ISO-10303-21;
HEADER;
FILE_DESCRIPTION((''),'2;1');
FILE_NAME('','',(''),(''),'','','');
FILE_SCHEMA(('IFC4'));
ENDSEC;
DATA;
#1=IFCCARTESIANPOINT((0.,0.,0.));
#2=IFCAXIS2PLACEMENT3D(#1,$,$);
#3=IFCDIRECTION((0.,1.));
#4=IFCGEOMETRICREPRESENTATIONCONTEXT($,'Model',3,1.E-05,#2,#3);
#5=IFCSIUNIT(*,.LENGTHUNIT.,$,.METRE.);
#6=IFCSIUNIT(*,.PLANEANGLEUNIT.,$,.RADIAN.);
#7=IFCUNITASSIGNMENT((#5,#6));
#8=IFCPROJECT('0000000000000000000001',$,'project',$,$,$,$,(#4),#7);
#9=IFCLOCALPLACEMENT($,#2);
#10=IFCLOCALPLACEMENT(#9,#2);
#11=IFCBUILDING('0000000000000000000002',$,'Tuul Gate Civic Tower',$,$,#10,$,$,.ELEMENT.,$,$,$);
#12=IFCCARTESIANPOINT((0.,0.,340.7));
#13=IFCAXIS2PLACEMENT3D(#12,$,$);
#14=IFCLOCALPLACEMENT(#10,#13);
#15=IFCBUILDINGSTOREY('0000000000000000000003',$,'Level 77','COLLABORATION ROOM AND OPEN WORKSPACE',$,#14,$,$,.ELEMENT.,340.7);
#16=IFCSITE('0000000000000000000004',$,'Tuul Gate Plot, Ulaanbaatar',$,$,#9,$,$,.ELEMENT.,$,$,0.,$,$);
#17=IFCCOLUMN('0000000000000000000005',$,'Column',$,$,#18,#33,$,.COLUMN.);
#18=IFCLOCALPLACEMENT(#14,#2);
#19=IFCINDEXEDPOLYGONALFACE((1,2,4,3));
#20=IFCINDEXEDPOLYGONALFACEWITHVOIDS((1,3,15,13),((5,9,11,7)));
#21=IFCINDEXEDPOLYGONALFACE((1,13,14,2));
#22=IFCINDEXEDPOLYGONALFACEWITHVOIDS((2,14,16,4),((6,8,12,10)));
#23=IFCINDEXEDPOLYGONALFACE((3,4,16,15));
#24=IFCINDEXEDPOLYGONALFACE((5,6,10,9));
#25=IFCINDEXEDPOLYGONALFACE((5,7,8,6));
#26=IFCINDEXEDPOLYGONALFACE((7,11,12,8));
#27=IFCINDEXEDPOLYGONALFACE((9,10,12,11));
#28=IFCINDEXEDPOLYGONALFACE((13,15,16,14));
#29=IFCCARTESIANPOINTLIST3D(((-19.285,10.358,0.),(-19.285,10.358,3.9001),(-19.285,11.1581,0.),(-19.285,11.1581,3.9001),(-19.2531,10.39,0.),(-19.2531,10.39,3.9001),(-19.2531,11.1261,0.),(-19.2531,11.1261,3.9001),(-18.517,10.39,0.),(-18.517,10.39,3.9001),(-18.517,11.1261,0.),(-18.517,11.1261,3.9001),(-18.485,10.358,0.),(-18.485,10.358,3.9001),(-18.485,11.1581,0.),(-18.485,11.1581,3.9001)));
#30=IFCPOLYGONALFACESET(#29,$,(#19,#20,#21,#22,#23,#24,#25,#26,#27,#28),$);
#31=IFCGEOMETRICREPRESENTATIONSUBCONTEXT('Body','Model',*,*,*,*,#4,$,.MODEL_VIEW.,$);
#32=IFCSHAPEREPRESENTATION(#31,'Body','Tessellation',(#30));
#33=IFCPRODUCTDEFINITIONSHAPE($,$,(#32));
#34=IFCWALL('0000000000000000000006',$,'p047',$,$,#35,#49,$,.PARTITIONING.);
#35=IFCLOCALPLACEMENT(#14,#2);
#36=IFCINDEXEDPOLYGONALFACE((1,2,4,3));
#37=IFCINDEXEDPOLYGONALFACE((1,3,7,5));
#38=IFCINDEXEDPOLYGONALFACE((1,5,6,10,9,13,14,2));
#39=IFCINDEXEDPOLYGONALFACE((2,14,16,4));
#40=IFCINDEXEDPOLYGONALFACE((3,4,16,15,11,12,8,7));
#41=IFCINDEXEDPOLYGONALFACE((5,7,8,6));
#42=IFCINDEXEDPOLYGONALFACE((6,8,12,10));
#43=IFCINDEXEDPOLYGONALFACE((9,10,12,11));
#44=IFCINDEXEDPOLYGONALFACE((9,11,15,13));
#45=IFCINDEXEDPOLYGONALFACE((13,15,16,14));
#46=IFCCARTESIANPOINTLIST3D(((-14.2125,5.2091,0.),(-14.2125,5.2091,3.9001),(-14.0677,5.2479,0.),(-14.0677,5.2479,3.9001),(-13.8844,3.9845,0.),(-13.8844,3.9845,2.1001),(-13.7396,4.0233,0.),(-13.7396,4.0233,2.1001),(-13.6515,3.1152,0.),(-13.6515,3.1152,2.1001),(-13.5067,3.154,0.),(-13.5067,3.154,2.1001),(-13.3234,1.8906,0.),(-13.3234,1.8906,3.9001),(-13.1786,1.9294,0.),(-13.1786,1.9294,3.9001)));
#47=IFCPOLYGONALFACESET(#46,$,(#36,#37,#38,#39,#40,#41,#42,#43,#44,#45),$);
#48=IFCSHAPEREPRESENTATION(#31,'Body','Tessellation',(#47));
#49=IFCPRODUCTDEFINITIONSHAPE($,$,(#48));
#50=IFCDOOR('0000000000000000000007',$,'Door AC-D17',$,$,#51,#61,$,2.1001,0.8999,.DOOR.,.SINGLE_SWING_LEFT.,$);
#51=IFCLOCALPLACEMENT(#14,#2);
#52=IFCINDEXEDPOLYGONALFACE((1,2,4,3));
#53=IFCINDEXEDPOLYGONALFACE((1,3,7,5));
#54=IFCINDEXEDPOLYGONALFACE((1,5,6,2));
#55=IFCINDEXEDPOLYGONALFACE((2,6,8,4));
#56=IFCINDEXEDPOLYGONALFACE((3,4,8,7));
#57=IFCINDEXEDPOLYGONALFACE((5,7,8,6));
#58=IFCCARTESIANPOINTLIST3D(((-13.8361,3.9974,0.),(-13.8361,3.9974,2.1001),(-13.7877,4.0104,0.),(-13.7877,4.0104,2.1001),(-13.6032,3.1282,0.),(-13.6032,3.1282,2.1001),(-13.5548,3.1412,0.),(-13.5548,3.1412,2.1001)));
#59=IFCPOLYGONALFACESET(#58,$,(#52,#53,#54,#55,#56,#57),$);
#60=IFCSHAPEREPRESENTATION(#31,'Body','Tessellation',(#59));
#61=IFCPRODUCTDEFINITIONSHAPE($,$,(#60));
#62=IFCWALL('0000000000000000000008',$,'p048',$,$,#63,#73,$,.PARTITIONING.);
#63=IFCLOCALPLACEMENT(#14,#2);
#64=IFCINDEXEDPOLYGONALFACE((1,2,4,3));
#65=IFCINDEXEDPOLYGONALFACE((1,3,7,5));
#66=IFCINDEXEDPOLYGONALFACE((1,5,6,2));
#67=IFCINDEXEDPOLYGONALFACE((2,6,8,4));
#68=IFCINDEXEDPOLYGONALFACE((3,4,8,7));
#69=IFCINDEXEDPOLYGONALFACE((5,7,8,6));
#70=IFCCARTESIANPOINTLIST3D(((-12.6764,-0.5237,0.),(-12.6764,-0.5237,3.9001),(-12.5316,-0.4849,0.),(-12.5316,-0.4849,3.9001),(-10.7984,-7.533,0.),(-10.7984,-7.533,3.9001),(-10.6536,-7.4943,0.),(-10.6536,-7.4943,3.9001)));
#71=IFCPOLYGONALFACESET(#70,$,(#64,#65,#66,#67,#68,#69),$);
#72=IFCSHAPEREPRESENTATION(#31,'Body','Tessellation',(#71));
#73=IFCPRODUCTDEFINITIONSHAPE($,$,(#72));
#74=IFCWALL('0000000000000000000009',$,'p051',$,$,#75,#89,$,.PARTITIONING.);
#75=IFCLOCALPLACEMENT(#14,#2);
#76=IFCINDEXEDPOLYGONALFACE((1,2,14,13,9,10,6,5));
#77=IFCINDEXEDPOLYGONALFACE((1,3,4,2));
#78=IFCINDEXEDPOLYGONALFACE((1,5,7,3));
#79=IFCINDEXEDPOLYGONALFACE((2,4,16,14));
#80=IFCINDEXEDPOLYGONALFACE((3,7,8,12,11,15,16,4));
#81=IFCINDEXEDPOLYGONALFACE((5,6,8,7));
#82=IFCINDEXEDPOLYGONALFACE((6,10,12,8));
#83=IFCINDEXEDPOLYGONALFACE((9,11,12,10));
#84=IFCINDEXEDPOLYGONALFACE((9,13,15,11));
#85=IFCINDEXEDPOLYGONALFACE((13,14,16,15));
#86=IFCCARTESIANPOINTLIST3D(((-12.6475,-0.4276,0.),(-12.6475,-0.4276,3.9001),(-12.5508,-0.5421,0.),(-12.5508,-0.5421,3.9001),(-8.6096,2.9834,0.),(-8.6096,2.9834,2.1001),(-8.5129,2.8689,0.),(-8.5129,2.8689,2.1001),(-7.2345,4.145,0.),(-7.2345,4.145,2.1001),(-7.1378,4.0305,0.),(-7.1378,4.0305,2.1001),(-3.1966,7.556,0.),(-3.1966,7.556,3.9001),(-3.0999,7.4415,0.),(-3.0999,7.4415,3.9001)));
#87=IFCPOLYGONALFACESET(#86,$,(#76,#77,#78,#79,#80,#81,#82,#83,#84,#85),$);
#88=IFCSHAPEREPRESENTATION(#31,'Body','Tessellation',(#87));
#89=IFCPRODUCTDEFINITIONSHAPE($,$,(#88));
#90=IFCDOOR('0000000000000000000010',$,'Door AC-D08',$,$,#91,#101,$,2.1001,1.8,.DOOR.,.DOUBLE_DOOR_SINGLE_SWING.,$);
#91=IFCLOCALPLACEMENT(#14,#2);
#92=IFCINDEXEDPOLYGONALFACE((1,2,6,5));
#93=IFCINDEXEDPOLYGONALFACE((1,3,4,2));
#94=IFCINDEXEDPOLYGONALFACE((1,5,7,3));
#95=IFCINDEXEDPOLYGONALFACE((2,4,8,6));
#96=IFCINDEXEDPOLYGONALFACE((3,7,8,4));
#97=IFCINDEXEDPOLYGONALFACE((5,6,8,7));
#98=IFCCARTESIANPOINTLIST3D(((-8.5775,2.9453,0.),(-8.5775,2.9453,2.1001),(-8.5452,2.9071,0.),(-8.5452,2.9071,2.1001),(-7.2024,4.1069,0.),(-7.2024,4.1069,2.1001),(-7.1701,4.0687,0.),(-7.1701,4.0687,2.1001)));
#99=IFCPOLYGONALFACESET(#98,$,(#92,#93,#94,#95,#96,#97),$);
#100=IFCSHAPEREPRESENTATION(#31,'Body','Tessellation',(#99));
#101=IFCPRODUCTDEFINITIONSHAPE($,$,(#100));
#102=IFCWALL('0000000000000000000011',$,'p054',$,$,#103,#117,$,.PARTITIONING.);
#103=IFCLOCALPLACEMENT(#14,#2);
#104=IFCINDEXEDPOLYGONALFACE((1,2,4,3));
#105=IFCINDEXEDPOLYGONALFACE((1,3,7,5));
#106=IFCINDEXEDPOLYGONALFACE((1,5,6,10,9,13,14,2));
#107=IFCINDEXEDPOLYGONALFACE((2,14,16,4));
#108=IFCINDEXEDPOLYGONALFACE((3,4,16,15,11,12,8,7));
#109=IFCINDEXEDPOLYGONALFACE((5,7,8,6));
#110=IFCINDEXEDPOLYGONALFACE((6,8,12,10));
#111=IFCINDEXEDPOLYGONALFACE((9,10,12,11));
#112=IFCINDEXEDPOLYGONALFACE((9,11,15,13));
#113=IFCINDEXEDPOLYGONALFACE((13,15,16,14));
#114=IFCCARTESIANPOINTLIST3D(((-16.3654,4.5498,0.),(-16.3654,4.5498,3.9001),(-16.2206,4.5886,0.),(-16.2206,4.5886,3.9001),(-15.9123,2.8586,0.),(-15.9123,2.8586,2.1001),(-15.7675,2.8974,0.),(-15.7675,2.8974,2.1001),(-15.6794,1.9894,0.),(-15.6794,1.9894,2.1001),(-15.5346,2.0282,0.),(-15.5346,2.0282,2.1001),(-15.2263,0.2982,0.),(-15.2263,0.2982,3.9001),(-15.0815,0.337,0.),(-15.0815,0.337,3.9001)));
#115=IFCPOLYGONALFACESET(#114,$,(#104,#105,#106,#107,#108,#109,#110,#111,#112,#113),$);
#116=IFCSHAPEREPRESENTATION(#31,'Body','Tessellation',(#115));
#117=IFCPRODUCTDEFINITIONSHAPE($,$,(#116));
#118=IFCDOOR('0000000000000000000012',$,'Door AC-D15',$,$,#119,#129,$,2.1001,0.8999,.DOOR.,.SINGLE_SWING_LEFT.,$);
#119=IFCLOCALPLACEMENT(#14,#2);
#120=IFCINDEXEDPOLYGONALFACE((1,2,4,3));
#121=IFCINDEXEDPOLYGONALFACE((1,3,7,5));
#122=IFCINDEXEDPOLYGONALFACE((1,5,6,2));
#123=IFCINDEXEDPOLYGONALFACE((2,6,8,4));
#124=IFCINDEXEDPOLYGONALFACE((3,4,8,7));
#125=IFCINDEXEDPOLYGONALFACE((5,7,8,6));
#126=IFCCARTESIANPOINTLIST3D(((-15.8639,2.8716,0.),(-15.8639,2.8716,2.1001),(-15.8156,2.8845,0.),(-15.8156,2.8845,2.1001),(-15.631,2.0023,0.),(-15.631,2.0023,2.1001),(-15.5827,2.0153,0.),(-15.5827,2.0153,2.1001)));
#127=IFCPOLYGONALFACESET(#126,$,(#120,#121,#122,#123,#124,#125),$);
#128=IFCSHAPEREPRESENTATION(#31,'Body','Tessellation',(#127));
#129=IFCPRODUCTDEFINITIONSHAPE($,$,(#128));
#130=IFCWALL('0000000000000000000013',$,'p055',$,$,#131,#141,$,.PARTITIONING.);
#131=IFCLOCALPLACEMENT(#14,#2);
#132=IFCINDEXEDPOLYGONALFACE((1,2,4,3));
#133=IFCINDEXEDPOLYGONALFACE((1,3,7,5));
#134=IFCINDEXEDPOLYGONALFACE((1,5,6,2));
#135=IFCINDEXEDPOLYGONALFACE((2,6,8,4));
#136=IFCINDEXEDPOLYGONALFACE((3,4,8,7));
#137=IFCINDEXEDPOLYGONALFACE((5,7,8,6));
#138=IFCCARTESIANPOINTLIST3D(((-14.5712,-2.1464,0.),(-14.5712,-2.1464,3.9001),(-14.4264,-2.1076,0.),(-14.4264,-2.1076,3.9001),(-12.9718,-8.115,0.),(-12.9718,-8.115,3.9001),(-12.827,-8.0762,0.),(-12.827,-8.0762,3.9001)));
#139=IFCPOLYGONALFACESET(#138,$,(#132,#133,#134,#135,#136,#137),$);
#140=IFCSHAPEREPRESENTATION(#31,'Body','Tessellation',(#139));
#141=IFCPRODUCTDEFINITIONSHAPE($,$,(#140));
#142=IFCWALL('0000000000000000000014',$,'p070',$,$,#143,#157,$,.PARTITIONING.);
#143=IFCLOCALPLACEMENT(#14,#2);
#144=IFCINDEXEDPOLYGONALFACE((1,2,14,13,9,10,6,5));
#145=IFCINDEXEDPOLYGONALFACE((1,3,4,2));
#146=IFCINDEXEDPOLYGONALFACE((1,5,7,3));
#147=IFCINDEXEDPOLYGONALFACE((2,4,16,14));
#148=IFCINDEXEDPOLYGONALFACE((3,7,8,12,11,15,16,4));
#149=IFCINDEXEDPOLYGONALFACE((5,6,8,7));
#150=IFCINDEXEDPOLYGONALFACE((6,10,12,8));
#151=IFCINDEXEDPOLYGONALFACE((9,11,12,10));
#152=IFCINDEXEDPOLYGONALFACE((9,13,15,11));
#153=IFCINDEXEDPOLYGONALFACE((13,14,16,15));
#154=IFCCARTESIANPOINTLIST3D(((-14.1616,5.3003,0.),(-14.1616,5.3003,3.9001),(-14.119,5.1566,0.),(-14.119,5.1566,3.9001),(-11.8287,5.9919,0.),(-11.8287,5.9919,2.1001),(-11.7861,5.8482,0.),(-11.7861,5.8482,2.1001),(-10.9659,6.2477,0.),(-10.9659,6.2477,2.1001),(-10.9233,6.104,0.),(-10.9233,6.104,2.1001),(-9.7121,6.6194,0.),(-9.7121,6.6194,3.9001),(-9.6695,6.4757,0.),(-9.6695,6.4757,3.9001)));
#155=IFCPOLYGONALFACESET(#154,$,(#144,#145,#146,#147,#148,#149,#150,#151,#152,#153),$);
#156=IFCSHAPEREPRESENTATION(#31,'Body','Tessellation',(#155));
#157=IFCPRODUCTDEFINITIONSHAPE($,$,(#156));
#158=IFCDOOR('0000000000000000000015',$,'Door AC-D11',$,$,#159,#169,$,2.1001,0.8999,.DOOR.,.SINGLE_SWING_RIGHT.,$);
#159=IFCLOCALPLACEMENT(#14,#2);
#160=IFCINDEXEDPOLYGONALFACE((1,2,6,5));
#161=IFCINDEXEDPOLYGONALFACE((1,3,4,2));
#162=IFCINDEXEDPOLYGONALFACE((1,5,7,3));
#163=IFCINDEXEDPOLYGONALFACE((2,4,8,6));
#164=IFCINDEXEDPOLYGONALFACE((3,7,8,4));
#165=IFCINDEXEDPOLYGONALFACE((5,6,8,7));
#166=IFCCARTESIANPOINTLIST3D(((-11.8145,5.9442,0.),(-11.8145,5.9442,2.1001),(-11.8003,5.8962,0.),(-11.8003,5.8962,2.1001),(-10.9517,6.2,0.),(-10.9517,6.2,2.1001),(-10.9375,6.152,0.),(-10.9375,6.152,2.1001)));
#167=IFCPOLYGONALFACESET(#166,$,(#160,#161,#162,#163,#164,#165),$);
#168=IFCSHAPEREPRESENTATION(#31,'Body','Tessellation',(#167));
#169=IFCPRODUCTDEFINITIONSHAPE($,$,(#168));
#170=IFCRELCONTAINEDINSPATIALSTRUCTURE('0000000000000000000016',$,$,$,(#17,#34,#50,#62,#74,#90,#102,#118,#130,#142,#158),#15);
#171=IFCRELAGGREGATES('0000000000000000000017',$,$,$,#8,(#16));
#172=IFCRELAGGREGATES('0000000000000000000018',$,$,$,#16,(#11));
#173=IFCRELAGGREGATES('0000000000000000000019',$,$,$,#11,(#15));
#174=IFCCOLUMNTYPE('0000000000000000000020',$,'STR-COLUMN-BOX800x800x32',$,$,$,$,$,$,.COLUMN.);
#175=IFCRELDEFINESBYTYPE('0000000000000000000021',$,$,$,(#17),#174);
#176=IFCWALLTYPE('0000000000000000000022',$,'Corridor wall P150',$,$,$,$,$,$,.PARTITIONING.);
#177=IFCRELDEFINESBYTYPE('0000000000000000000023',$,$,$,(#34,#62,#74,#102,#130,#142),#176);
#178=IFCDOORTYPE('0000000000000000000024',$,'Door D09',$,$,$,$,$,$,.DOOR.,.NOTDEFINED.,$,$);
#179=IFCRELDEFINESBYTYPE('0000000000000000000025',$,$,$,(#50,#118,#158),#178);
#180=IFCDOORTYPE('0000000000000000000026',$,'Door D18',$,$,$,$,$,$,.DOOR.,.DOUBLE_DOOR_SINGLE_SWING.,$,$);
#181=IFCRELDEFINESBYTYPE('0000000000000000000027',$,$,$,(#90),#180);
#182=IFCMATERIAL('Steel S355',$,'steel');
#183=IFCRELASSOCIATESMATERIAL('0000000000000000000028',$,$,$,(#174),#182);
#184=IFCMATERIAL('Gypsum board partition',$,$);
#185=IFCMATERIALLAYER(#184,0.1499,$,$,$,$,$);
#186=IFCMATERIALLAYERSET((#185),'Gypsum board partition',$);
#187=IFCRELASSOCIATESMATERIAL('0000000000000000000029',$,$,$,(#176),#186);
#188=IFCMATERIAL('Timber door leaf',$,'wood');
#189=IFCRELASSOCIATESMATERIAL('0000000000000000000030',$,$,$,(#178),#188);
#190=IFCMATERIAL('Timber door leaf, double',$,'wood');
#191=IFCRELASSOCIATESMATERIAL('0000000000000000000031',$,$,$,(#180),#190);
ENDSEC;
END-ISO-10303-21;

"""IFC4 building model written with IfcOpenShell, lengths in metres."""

from ifc_helpers import new_model, si_unit, direction, frame, frame_2d, origin, origin_2d, place, context, subcontext, project, spatial, rectangle, hollow_rectangle, extrude, material, layer, layer_set, material_profile, profile_set, type_object, element, fill, save


model = new_model("IFC4")

# Units and contexts
model_context = context("Model", 3, precision=1e-05, world=origin(), true_north=direction((0.0, 1.0)))
body_context = subcontext(model_context, "Body", "Model", "MODEL_VIEW")
ifc_project = project(units=[si_unit("LENGTHUNIT", "METRE"), si_unit("PLANEANGLEUNIT", "RADIAN")], contexts=[model_context])

# Site, building, storey
site_placement = place(None, origin())
site = spatial("IfcSite", under=ifc_project, at=site_placement, Name="Tuul Gate Plot, Ulaanbaatar", CompositionType="ELEMENT", RefElevation=0.0)
building_placement = place(site_placement, origin())
building = spatial("IfcBuilding", under=site, at=building_placement, Name="Tuul Gate Civic Tower", CompositionType="ELEMENT")
storey_placement = place(building_placement, frame((0.0, 0.0, 340.7)))
storey = spatial("IfcBuildingStorey", under=building, at=storey_placement, Name="Level 77", Description="COLLABORATION ROOM AND OPEN WORKSPACE", CompositionType="ELEMENT", Elevation=340.7)

# Column
ifc_material_1 = material(Name="Steel S355", Category="steel")
ifc_material_profile_1 = material_profile(ifc_material_1, hollow_rectangle(XDim=0.8, YDim=0.8, WallThickness=0.032, at=origin_2d()), Name="BOX800x800x32")
ifc_profile_set_1 = profile_set([ifc_material_profile_1], Name="Steel S355")
column_type = type_object("IfcColumnType", Name="STR-COLUMN-BOX800x800x32", PredefinedType="COLUMN", material=ifc_profile_set_1)
column_placement = place(storey_placement, frame((-18.885, 10.7581, 0.0), z_axis=(0.0, 0.0, 1.0), x_axis=(1.0, 0.0, 0.0)))
element("IfcColumn", 1, at=column_placement, inside=storey, type_object=column_type, Name="Column", PredefinedType="COLUMN", context=body_context, shape_type="SweptSolid", body=[
    extrude(hollow_rectangle(XDim=0.8, YDim=0.8, WallThickness=0.032, at=origin_2d()), origin(), (0.0, 0.0, 1.0), 3.9001),
])

# Wall, opening, door
ifc_material_2 = material(Name="Gypsum board partition")
ifc_layer_1 = layer(ifc_material_2, 0.1499)
ifc_layer_set_1 = layer_set([ifc_layer_1], Name="Gypsum board partition")
wall_type_1 = type_object("IfcWallType", Name="Corridor wall P150", PredefinedType="PARTITIONING", material=ifc_layer_set_1)
wall_1_placement = place(storey_placement, frame((-14.1401, 5.2285, 0.0), z_axis=(0.0, 0.0, 1.0), x_axis=(0.258804, -0.96593, 0.0)))
wall_1 = element("IfcWall", 2, at=wall_1_placement, inside=storey, type_object=wall_type_1, Name="p047", PredefinedType="PARTITIONING", context=body_context, shape_type="SweptSolid", body=[
    extrude(rectangle(XDim=3.4355, YDim=0.1499, at=frame_2d((1.7178, 0.0))), origin(), (0.0, 0.0, 1.0), 3.9001),
])
opening_1_placement = place(wall_1_placement, frame((1.2678, 0.0, 0.0)))
opening_1 = element("IfcOpeningElement", 3, at=opening_1_placement, cuts=wall_1, PredefinedType="OPENING", context=body_context, shape_type="SweptSolid", body=[
    extrude(rectangle(XDim=0.8999, YDim=2.1001, at=frame_2d((0.45, 1.05))), frame((0.0, 0.085, 0.0), z_axis=(0.0, -1.0, 0.0), x_axis=(1.0, 0.0, 0.0)), (0.0, 0.0, 1.0), 0.1699),
])
ifc_material_3 = material(Name="Timber door leaf", Category="wood")
door_type_1 = type_object("IfcDoorType", Name="Door D09", OperationType="NOTDEFINED", PredefinedType="DOOR", material=ifc_material_3)
door_1_placement = place(opening_1_placement, frame((0.8999, 0.0, 0.0), z_axis=(0.0, 0.0, 1.0), x_axis=(-1.0, 0.0, 0.0)))
door_1 = element("IfcDoor", 4, at=door_1_placement, inside=storey, type_object=door_type_1, Name="Door AC-D17", OperationType="SINGLE_SWING_LEFT", OverallHeight=2.1001, OverallWidth=0.8999, PredefinedType="DOOR", context=body_context, shape_type="SweptSolid", body=[
    extrude(rectangle(XDim=0.8999, YDim=2.1001, at=frame_2d((0.45, 1.05))), frame((0.0, 0.0249, 0.0), z_axis=(0.0, -1.0, 0.0), x_axis=(1.0, 0.0, 0.0)), (0.0, 0.0, 1.0), 0.05),
])
fill(opening_1, door_1)

# Wall
wall_2_placement = place(storey_placement, frame((-12.604, -0.5042, 0.0), z_axis=(0.0, 0.0, 1.0), x_axis=(0.258793, -0.965933, 0.0)))
element("IfcWall", 5, at=wall_2_placement, inside=storey, type_object=wall_type_1, Name="p048", PredefinedType="PARTITIONING", context=body_context, shape_type="SweptSolid", body=[
    extrude(rectangle(XDim=7.2566, YDim=0.1499, at=frame_2d((3.6284, 0.0))), origin(), (0.0, 0.0, 1.0), 3.9001),
])

# Walls, openings, doors
wall_3_placement = place(storey_placement, frame((-12.5991, -0.4849, 0.0), z_axis=(0.0, 0.0, 1.0), x_axis=(0.763916, 0.645316, 0.0)))
wall_3 = element("IfcWall", 6, at=wall_3_placement, inside=storey, type_object=wall_type_1, Name="p051", PredefinedType="PARTITIONING", context=body_context, shape_type="SweptSolid", body=[
    extrude(rectangle(XDim=12.3716, YDim=0.1499, at=frame_2d((6.1858, 0.0))), origin(), (0.0, 0.0, 1.0), 3.9001),
])
opening_2_placement = place(wall_3_placement, frame((5.2859, 0.0, 0.0)))
opening_2 = element("IfcOpeningElement", 7, at=opening_2_placement, cuts=wall_3, PredefinedType="OPENING", context=body_context, shape_type="SweptSolid", body=[
    extrude(rectangle(XDim=1.8, YDim=2.1001, at=frame_2d((0.8999, 1.05))), frame((0.0, 0.085, 0.0), z_axis=(0.0, -1.0, 0.0), x_axis=(1.0, 0.0, 0.0)), (0.0, 0.0, 1.0), 0.1699),
])
ifc_material_4 = material(Name="Timber door leaf, double", Category="wood")
door_type_2 = type_object("IfcDoorType", Name="Door D18", OperationType="DOUBLE_DOOR_SINGLE_SWING", PredefinedType="DOOR", material=ifc_material_4)
door_2_placement = place(opening_2_placement, frame((1.8, 0.0, 0.0), z_axis=(0.0, 0.0, 1.0), x_axis=(-1.0, 0.0, 0.0)))
door_2 = element("IfcDoor", 8, at=door_2_placement, inside=storey, type_object=door_type_2, Name="Door AC-D08", OperationType="DOUBLE_DOOR_SINGLE_SWING", OverallHeight=2.1001, OverallWidth=1.8, PredefinedType="DOOR", context=body_context, shape_type="SweptSolid", body=[
    extrude(rectangle(XDim=1.8, YDim=2.1001, at=frame_2d((0.9001, 1.05))), frame((0.0, 0.0249, 0.0), z_axis=(0.0, -1.0, 0.0), x_axis=(1.0, 0.0, 0.0)), (0.0, 0.0, 1.0), 0.05),
])
fill(opening_2, door_2)
wall_4_placement = place(storey_placement, frame((-16.293, 4.5691, 0.0), z_axis=(0.0, 0.0, 1.0), x_axis=(0.258802, -0.96593, 0.0)))
wall_4 = element("IfcWall", 9, at=wall_4_placement, inside=storey, type_object=wall_type_1, Name="p054", PredefinedType="PARTITIONING", context=body_context, shape_type="SweptSolid", body=[
    extrude(rectangle(XDim=4.4016, YDim=0.1499, at=frame_2d((2.2007, 0.0))), origin(), (0.0, 0.0, 1.0), 3.9001),
])
opening_3_placement = place(wall_4_placement, frame((1.7507, 0.0, 0.0)))
opening_3 = element("IfcOpeningElement", 10, at=opening_3_placement, cuts=wall_4, PredefinedType="OPENING", context=body_context, shape_type="SweptSolid", body=[
    extrude(rectangle(XDim=0.8999, YDim=2.1001, at=frame_2d((0.45, 1.05))), frame((0.0, 0.085, 0.0), z_axis=(0.0, -1.0, 0.0), x_axis=(1.0, 0.0, 0.0)), (0.0, 0.0, 1.0), 0.1699),
])
door_3_placement = place(opening_3_placement, frame((0.8999, 0.0, 0.0), z_axis=(0.0, 0.0, 1.0), x_axis=(-1.0, 0.0, 0.0)))
door_3 = element("IfcDoor", 11, at=door_3_placement, inside=storey, type_object=door_type_1, Name="Door AC-D15", OperationType="SINGLE_SWING_LEFT", OverallHeight=2.1001, OverallWidth=0.8999, PredefinedType="DOOR", context=body_context, shape_type="SweptSolid", body=[
    extrude(rectangle(XDim=0.8999, YDim=2.1001, at=frame_2d((0.45, 1.05))), frame((0.0, 0.0249, 0.0), z_axis=(0.0, -1.0, 0.0), x_axis=(1.0, 0.0, 0.0)), (0.0, 0.0, 1.0), 0.05),
])
fill(opening_3, door_3)

# Wall
wall_5_placement = place(storey_placement, frame((-14.4988, -2.127, 0.0), z_axis=(0.0, 0.0, 1.0), x_axis=(0.258826, -0.965924, 0.0)))
element("IfcWall", 12, at=wall_5_placement, inside=storey, type_object=wall_type_1, Name="p055", PredefinedType="PARTITIONING", context=body_context, shape_type="SweptSolid", body=[
    extrude(rectangle(XDim=6.1792, YDim=0.1499, at=frame_2d((3.0896, 0.0))), origin(), (0.0, 0.0, 1.0), 3.9001),
])

# Wall, opening, door
wall_6_placement = place(storey_placement, frame((-14.1401, 5.2285, 0.0), z_axis=(0.0, 0.0, 1.0), x_axis=(0.958755, 0.284233, 0.0)))
wall_6 = element("IfcWall", 13, at=wall_6_placement, inside=storey, type_object=wall_type_1, Name="p070", PredefinedType="PARTITIONING", context=body_context, shape_type="SweptSolid", body=[
    extrude(rectangle(XDim=4.6409, YDim=0.1499, at=frame_2d((2.3203, 0.0))), origin(), (0.0, 0.0, 1.0), 3.9001),
])
opening_4_placement = place(wall_6_placement, frame((2.4331, 0.0, 0.0)))
opening_4 = element("IfcOpeningElement", 14, at=opening_4_placement, cuts=wall_6, PredefinedType="OPENING", context=body_context, shape_type="SweptSolid", body=[
    extrude(rectangle(XDim=0.8999, YDim=2.1001, at=frame_2d((0.45, 1.05))), frame((0.0, 0.085, 0.0), z_axis=(0.0, -1.0, 0.0), x_axis=(1.0, 0.0, 0.0)), (0.0, 0.0, 1.0), 0.1699),
])
door_4_placement = place(opening_4_placement, frame((0.8999, 0.0, 0.0), z_axis=(0.0, 0.0, 1.0), x_axis=(-1.0, 0.0, 0.0)))
door_4 = element("IfcDoor", 15, at=door_4_placement, inside=storey, type_object=door_type_1, Name="Door AC-D11", OperationType="SINGLE_SWING_RIGHT", OverallHeight=2.1001, OverallWidth=0.8999, PredefinedType="DOOR", context=body_context, shape_type="SweptSolid", body=[
    extrude(rectangle(XDim=0.8999, YDim=2.1001, at=frame_2d((0.45, 1.05))), frame((0.0, 0.0249, 0.0), z_axis=(0.0, -1.0, 0.0), x_axis=(1.0, 0.0, 0.0)), (0.0, 0.0, 1.0), 0.05),
])
fill(opening_4, door_4)

save(model, "model.ifc")
